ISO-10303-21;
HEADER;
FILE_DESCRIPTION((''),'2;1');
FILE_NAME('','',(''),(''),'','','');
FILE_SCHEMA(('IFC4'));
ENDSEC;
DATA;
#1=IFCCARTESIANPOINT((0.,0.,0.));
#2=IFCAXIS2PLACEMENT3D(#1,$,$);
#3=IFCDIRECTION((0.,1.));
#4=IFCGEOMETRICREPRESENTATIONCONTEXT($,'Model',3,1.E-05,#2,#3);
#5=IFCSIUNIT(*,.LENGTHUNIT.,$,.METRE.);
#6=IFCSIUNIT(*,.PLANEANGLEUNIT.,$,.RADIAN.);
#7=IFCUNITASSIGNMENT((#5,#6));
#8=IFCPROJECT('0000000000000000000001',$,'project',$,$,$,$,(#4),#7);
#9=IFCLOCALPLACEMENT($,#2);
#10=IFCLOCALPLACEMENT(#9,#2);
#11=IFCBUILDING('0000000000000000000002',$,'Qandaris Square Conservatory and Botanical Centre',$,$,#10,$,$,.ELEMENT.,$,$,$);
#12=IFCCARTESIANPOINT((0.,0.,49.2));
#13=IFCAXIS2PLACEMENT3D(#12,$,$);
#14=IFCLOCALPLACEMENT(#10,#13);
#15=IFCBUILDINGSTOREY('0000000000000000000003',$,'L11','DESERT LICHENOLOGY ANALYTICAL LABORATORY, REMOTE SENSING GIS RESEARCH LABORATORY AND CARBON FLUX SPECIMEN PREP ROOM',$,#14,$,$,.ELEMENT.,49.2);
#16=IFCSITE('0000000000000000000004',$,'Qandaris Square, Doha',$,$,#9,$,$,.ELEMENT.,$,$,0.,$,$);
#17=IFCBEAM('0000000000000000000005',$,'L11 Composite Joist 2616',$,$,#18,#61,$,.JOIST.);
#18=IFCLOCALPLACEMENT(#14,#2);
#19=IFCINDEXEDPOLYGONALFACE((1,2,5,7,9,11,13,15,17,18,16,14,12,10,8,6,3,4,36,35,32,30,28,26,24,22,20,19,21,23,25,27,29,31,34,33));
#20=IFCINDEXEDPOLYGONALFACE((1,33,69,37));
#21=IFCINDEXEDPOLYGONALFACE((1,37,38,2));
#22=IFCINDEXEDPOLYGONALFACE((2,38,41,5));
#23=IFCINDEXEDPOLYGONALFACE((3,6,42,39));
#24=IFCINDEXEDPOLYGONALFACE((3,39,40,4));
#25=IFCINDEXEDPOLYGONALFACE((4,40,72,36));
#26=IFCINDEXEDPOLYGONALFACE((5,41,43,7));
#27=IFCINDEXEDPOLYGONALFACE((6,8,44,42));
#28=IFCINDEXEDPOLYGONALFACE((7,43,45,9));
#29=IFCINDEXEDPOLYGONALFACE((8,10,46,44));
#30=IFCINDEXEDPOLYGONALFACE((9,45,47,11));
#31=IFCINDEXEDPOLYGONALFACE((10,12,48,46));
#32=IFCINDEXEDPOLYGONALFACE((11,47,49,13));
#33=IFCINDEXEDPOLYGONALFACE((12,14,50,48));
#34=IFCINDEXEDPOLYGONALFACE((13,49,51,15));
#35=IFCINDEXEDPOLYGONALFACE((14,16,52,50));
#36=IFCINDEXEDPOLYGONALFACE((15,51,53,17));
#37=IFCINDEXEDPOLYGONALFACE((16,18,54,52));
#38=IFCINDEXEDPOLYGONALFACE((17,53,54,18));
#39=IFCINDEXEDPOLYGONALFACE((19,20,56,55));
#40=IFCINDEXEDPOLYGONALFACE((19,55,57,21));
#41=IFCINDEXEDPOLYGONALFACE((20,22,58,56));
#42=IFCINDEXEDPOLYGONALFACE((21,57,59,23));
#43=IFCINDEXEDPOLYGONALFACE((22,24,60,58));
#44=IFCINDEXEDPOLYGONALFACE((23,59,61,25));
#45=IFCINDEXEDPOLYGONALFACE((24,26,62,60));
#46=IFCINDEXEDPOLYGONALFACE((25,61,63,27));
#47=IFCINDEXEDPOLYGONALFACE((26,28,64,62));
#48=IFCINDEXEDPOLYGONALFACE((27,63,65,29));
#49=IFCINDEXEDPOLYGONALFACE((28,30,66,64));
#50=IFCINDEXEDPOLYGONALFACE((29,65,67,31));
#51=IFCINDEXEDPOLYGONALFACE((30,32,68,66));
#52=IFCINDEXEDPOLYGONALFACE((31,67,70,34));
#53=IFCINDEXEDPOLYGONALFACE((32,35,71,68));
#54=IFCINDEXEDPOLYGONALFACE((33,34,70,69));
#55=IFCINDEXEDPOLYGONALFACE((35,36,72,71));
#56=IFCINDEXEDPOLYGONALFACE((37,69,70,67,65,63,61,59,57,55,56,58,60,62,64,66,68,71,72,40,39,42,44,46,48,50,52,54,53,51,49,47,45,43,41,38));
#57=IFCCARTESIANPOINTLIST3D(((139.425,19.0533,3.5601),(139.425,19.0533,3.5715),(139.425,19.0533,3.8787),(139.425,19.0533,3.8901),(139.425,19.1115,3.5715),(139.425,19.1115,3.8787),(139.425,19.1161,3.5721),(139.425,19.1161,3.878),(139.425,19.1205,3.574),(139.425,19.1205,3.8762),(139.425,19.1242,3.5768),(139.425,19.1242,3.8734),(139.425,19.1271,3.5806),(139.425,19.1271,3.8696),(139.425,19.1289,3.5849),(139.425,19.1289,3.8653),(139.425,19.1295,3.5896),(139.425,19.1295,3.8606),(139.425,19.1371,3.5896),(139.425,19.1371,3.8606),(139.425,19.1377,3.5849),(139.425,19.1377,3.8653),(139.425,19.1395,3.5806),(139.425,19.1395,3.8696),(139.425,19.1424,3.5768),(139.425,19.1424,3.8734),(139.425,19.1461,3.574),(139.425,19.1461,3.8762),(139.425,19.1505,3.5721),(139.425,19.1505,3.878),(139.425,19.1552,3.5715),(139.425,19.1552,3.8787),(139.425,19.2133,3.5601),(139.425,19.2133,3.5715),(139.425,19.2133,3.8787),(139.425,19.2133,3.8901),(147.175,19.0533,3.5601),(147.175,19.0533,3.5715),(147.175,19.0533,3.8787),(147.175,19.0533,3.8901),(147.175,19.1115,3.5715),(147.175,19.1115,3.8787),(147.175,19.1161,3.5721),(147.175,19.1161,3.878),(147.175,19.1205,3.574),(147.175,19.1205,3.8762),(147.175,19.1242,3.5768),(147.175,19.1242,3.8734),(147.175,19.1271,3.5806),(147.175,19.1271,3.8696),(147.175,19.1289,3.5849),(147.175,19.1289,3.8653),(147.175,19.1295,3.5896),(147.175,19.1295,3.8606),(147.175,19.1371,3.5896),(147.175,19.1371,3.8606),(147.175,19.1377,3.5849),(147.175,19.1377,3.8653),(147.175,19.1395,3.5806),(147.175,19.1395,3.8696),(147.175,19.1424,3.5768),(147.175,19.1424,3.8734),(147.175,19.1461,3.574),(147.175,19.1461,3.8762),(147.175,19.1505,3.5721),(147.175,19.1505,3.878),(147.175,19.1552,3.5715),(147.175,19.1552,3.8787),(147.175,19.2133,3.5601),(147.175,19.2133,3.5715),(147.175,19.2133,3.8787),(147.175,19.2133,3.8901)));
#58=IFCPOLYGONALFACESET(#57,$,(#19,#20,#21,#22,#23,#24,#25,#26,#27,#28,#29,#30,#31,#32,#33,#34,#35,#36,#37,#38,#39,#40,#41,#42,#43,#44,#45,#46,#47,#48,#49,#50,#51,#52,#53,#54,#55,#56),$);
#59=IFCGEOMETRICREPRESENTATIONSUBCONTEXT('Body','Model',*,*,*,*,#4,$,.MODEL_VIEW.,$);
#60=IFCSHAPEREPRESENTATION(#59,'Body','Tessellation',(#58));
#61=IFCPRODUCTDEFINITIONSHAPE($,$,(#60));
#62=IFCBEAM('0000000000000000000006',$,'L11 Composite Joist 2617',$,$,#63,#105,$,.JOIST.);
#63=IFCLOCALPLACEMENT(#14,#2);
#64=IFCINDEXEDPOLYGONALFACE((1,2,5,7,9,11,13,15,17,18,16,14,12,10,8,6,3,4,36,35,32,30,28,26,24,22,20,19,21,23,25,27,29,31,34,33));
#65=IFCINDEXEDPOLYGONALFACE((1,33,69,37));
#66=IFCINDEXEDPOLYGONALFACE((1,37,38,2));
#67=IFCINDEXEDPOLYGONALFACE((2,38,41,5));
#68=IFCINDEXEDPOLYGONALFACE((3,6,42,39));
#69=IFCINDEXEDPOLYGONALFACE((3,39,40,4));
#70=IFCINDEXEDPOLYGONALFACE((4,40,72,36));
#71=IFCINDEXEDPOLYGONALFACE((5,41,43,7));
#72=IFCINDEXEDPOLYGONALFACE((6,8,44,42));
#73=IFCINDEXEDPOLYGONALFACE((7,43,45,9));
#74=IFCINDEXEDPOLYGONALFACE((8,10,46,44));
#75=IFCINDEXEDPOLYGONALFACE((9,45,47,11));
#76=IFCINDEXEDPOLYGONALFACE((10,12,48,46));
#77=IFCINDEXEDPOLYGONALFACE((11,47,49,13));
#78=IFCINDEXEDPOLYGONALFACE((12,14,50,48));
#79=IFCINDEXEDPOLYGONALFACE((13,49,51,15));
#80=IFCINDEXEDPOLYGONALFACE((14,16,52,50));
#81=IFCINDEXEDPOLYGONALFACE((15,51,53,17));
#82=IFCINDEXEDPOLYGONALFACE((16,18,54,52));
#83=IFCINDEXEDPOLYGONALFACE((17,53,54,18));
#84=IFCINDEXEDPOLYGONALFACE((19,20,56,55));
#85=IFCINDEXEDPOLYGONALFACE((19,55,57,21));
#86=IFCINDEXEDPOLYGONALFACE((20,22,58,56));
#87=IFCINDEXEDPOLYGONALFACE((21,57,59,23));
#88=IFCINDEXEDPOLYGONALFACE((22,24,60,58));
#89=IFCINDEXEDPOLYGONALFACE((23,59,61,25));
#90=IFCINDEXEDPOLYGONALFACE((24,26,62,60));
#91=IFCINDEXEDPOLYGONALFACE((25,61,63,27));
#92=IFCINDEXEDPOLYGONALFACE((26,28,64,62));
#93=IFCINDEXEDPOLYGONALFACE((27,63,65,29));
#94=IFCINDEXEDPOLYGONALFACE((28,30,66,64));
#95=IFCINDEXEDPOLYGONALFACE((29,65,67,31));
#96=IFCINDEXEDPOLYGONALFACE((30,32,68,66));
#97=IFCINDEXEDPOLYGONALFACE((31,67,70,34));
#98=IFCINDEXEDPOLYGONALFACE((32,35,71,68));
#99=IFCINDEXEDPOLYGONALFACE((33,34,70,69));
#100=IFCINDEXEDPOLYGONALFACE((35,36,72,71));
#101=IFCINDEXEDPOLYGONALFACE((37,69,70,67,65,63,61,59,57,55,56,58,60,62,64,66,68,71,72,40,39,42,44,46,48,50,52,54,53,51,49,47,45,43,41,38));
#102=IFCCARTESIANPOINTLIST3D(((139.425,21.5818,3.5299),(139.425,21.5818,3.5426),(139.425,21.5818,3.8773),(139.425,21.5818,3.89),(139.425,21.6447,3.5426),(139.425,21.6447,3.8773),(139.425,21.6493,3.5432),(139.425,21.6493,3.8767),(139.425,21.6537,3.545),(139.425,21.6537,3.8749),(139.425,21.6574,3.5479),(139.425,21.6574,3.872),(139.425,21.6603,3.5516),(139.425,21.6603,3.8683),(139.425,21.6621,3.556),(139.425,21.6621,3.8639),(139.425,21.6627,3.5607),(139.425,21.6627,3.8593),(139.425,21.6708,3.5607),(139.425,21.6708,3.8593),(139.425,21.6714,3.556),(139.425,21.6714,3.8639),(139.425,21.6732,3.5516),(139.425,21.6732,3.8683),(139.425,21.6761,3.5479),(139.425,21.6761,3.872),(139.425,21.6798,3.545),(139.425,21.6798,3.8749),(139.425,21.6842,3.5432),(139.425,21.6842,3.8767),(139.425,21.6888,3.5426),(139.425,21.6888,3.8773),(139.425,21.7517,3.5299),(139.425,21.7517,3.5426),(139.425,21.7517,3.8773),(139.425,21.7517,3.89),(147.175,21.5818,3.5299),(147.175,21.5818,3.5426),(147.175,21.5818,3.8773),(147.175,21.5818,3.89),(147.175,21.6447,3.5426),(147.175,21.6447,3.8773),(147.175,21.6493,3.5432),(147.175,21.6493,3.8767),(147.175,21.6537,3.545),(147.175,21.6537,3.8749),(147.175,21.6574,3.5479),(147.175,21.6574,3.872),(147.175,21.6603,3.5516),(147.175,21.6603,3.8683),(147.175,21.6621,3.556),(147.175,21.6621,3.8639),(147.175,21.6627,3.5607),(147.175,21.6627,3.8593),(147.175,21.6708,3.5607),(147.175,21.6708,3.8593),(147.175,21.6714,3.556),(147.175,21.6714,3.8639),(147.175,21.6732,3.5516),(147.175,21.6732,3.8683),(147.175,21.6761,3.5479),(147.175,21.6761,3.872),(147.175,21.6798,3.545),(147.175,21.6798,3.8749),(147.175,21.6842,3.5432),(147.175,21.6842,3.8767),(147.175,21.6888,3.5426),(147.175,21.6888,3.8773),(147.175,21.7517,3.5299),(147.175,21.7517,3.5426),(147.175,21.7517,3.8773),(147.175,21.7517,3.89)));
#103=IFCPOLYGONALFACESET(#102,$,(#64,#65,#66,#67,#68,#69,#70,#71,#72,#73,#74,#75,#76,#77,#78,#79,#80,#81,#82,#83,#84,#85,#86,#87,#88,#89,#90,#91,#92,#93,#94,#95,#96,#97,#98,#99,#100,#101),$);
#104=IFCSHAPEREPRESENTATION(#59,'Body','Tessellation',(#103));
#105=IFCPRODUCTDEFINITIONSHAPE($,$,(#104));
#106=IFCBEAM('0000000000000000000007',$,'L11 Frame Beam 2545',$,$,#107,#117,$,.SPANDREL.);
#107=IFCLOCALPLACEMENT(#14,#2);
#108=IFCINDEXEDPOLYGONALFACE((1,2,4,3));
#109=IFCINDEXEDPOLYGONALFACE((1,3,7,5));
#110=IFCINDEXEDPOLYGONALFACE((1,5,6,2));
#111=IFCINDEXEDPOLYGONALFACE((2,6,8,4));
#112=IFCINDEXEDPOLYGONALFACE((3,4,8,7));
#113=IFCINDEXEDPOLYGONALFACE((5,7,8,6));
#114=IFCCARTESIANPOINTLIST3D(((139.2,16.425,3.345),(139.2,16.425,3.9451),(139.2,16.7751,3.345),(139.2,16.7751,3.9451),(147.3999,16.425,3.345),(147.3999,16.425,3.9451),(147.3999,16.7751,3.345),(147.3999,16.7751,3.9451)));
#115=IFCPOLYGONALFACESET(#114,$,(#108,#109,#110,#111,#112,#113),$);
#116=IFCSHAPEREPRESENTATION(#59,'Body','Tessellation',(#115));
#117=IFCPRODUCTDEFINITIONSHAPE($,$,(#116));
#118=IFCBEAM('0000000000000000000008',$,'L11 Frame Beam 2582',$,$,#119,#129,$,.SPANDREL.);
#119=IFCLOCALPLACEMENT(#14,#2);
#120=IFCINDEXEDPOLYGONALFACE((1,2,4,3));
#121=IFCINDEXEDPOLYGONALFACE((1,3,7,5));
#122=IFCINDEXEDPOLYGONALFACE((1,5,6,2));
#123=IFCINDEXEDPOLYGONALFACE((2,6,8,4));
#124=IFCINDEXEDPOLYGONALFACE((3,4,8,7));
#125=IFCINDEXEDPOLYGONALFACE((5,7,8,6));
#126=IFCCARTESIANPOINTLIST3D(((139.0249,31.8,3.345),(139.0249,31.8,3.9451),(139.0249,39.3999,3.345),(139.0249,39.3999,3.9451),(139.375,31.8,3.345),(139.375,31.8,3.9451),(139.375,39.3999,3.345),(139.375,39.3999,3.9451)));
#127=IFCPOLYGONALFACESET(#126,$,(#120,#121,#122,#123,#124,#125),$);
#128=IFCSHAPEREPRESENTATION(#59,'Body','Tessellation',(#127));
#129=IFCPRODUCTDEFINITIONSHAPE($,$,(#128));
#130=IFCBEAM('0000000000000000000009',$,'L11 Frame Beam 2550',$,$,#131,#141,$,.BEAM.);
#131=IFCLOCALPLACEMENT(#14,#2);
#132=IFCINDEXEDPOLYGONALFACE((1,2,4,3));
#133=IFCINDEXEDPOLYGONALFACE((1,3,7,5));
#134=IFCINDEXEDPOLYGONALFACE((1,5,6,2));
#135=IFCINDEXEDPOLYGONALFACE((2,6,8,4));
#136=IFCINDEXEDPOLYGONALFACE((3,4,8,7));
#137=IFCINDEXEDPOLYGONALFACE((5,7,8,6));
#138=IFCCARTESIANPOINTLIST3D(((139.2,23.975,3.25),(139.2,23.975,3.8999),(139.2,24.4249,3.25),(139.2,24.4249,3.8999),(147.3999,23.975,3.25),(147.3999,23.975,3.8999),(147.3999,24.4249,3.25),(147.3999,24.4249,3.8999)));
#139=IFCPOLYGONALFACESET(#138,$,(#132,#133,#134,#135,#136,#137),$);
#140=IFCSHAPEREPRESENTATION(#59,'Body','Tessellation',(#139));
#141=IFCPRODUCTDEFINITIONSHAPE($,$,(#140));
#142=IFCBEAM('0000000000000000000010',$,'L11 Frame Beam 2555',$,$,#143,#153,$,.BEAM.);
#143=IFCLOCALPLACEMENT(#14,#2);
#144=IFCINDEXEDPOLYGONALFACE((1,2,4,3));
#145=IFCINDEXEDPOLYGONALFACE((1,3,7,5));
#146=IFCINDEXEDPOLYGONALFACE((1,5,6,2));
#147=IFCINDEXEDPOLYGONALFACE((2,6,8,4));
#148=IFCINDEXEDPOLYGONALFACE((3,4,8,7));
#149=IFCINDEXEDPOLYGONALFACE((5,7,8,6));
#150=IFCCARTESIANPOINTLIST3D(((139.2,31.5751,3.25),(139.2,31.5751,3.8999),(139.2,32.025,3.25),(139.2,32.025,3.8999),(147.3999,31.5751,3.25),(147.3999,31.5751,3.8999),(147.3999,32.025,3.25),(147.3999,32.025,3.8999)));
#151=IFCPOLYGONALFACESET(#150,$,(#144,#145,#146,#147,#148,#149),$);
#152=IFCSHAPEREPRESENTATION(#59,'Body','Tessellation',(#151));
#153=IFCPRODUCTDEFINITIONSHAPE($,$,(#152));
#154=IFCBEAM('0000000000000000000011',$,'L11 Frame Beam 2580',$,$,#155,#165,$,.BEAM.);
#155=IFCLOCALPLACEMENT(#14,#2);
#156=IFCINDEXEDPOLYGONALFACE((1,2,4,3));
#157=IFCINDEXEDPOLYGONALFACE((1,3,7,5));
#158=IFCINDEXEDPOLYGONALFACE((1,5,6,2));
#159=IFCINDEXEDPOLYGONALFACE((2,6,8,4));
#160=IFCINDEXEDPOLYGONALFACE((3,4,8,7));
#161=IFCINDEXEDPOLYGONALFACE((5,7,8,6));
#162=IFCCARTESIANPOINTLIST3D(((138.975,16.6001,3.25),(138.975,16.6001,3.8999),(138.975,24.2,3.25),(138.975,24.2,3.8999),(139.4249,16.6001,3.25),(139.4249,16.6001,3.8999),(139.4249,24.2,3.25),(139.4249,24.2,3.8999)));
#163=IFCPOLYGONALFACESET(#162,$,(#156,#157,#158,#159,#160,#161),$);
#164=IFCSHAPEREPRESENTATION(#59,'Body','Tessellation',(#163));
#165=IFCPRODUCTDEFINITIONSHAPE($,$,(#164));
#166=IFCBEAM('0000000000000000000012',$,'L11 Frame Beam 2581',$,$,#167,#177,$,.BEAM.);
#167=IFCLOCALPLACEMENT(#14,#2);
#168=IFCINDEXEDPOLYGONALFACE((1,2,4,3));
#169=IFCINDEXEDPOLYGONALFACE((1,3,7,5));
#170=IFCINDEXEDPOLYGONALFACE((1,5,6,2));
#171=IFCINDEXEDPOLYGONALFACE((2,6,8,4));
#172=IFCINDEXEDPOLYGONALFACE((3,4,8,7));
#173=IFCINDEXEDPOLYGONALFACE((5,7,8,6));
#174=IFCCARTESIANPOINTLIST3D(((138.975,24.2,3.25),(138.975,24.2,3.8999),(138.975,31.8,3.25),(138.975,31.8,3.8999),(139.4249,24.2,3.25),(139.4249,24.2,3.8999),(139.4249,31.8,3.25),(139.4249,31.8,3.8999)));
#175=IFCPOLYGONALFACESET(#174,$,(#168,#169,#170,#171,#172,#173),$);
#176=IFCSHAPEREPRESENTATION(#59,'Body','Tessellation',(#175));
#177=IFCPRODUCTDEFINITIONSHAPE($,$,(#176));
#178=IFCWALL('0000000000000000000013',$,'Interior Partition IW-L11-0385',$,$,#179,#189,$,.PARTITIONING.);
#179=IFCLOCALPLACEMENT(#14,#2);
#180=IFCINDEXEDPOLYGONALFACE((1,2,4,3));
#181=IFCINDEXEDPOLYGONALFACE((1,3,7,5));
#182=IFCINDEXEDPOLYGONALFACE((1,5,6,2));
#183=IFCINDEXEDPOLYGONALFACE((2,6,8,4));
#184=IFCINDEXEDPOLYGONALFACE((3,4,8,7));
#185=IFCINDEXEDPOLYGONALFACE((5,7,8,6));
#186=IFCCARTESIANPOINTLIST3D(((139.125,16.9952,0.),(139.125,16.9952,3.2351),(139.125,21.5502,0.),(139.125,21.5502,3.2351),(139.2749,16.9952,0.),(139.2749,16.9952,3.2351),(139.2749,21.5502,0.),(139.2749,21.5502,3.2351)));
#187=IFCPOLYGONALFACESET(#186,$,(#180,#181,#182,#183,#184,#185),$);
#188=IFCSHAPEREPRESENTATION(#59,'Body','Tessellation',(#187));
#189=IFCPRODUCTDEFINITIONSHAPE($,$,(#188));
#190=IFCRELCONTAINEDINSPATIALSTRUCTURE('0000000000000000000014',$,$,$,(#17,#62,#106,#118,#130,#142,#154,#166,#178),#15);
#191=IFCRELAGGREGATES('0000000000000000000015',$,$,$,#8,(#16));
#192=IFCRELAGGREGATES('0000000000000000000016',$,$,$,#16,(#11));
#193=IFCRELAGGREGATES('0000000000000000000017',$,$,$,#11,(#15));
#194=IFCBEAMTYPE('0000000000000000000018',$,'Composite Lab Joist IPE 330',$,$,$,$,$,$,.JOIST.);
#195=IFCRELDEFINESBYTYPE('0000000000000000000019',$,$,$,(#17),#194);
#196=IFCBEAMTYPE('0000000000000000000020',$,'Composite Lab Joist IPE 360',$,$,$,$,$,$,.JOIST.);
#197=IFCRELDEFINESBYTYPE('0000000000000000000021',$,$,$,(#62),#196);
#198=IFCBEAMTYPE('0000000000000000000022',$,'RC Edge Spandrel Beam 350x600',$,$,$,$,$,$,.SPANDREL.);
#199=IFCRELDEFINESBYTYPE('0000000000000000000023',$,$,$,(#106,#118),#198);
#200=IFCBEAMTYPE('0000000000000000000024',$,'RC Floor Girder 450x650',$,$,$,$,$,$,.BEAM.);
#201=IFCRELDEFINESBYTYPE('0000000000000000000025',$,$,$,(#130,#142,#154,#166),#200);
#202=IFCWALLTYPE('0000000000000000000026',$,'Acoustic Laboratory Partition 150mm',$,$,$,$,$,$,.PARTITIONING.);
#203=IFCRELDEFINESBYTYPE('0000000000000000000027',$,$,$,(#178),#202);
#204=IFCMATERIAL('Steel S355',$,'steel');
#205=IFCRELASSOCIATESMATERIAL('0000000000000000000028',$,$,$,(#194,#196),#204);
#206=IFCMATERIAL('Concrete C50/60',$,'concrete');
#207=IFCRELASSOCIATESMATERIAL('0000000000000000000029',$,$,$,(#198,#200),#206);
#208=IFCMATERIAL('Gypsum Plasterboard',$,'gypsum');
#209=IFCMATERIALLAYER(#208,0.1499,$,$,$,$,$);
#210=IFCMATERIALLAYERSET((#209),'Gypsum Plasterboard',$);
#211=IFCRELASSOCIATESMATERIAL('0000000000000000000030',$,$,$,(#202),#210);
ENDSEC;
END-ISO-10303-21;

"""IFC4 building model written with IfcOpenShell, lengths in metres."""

from ifc_helpers import new_model, si_unit, direction, frame, frame_2d, origin, origin_2d, place, context, subcontext, project, spatial, rectangle, i_section, extrude, material, layer, layer_set, material_profile, profile_set, type_object, element, save


model = new_model("IFC4")

# Units and contexts
model_context = context("Model", 3, precision=1e-05, world=origin(), true_north=direction((0.0, 1.0)))
body_context = subcontext(model_context, "Body", "Model", "MODEL_VIEW")
ifc_project = project(units=[si_unit("LENGTHUNIT", "METRE"), si_unit("PLANEANGLEUNIT", "RADIAN")], contexts=[model_context])

# Site, building, storey
site_placement = place(None, origin())
site = spatial("IfcSite", under=ifc_project, at=site_placement, Name="Qandaris Square, Doha", CompositionType="ELEMENT", RefElevation=0.0)
building_placement = place(site_placement, origin())
building = spatial("IfcBuilding", under=site, at=building_placement, Name="Qandaris Square Conservatory and Botanical Centre", CompositionType="ELEMENT")
storey_placement = place(building_placement, frame((0.0, 0.0, 49.2)))
storey = spatial("IfcBuildingStorey", under=building, at=storey_placement, Name="L11", Description="DESERT LICHENOLOGY ANALYTICAL LABORATORY, REMOTE SENSING GIS RESEARCH LABORATORY AND CARBON FLUX SPECIMEN PREP ROOM", CompositionType="ELEMENT", Elevation=49.2)

# Beams
ifc_material_1 = material(Name="Steel S355", Category="steel")
ifc_material_profile_1 = material_profile(ifc_material_1, i_section(OverallWidth=0.1599, OverallDepth=0.3301, WebThickness=0.0076, FlangeThickness=0.0115, FilletRadius=0.0181, at=origin_2d()), Name="IPE 330")
ifc_profile_set_1 = profile_set([ifc_material_profile_1], Name="Steel S355")
beam_type_1 = type_object("IfcBeamType", Name="Composite Lab Joist IPE 330", PredefinedType="JOIST", material=ifc_profile_set_1)
beam_1_placement = place(storey_placement, frame((139.425, 19.1333, 3.7251), z_axis=(1.0, 0.0, 0.0), x_axis=(0.0, 1.0, 0.0)))
element("IfcBeam", 1, at=beam_1_placement, inside=storey, type_object=beam_type_1, Name="L11 Composite Joist 2616", PredefinedType="JOIST", context=body_context, shape_type="SweptSolid", body=[
    extrude(i_section(OverallWidth=0.1599, OverallDepth=0.3301, WebThickness=0.0076, FlangeThickness=0.0115, FilletRadius=0.0181, at=origin_2d()), origin(), (0.0, 0.0, 1.0), 7.75),
])
ifc_material_profile_2 = material_profile(ifc_material_1, i_section(OverallWidth=0.1699, OverallDepth=0.3601, WebThickness=0.0081, FlangeThickness=0.0127, FilletRadius=0.0181, at=origin_2d()), Name="IPE 360")
ifc_profile_set_2 = profile_set([ifc_material_profile_2], Name="Steel S355")
beam_type_2 = type_object("IfcBeamType", Name="Composite Lab Joist IPE 360", PredefinedType="JOIST", material=ifc_profile_set_2)
beam_2_placement = place(storey_placement, frame((139.425, 21.6667, 3.71), z_axis=(1.0, 0.0, 0.0), x_axis=(0.0, 1.0, 0.0)))
element("IfcBeam", 2, at=beam_2_placement, inside=storey, type_object=beam_type_2, Name="L11 Composite Joist 2617", PredefinedType="JOIST", context=body_context, shape_type="SweptSolid", body=[
    extrude(i_section(OverallWidth=0.1699, OverallDepth=0.3601, WebThickness=0.0081, FlangeThickness=0.0127, FilletRadius=0.0181, at=origin_2d()), origin(), (0.0, 0.0, 1.0), 7.75),
])
ifc_material_2 = material(Name="Concrete C50/60", Category="concrete")
ifc_material_profile_3 = material_profile(ifc_material_2, rectangle(XDim=0.3501, YDim=0.6001, at=origin_2d()), Name="RC-SP 350x600")
ifc_profile_set_3 = profile_set([ifc_material_profile_3], Name="Concrete C50/60")
beam_type_3 = type_object("IfcBeamType", Name="RC Edge Spandrel Beam 350x600", PredefinedType="SPANDREL", material=ifc_profile_set_3)
beam_3_placement = place(storey_placement, frame((139.2, 16.6001, 3.645), z_axis=(1.0, 0.0, 0.0), x_axis=(0.0, 1.0, 0.0)))
element("IfcBeam", 3, at=beam_3_placement, inside=storey, type_object=beam_type_3, Name="L11 Frame Beam 2545", PredefinedType="SPANDREL", context=body_context, shape_type="SweptSolid", body=[
    extrude(rectangle(XDim=0.3501, YDim=0.6001, at=origin_2d()), origin(), (0.0, 0.0, 1.0), 8.2),
])
beam_4_placement = place(storey_placement, frame((139.2, 31.8, 3.645), z_axis=(0.0, 1.0, 0.0), x_axis=(-1.0, 0.0, 0.0)))
element("IfcBeam", 4, at=beam_4_placement, inside=storey, type_object=beam_type_3, Name="L11 Frame Beam 2582", PredefinedType="SPANDREL", context=body_context, shape_type="SweptSolid", body=[
    extrude(rectangle(XDim=0.3501, YDim=0.6001, at=origin_2d()), origin(), (0.0, 0.0, 1.0), 7.5999),
])
ifc_material_profile_4 = material_profile(ifc_material_2, rectangle(XDim=0.45, YDim=0.6499, at=origin_2d()), Name="RC-BM 450x650")
ifc_profile_set_4 = profile_set([ifc_material_profile_4], Name="Concrete C50/60")
beam_type_4 = type_object("IfcBeamType", Name="RC Floor Girder 450x650", PredefinedType="BEAM", material=ifc_profile_set_4)
for number, where, z_axis, x_axis, name in (
    (5, (139.2, 24.2, 3.575), (1.0, 0.0, 0.0), (0.0, 1.0, 0.0), "L11 Frame Beam 2550"),
    (6, (139.2, 31.8, 3.575), (1.0, 0.0, 0.0), (0.0, 1.0, 0.0), "L11 Frame Beam 2555"),
):
    element("IfcBeam", number, at=place(storey_placement, frame(where, z_axis=z_axis, x_axis=x_axis)), inside=storey, type_object=beam_type_4, Name=name, PredefinedType="BEAM", context=body_context, shape_type="SweptSolid", body=[
        extrude(rectangle(XDim=0.45, YDim=0.6499, at=origin_2d()), origin(), (0.0, 0.0, 1.0), 8.2),
    ])
beam_5_placement = place(storey_placement, frame((139.2, 16.6001, 3.575), z_axis=(0.0, 1.0, 0.0), x_axis=(-1.0, 0.0, 0.0)))
element("IfcBeam", 7, at=beam_5_placement, inside=storey, type_object=beam_type_4, Name="L11 Frame Beam 2580", PredefinedType="BEAM", context=body_context, shape_type="SweptSolid", body=[
    extrude(rectangle(XDim=0.45, YDim=0.6499, at=origin_2d()), origin(), (0.0, 0.0, 1.0), 7.5999),
])
beam_6_placement = place(storey_placement, frame((139.2, 24.2, 3.575), z_axis=(0.0, 1.0, 0.0), x_axis=(-1.0, 0.0, 0.0)))
element("IfcBeam", 8, at=beam_6_placement, inside=storey, type_object=beam_type_4, Name="L11 Frame Beam 2581", PredefinedType="BEAM", context=body_context, shape_type="SweptSolid", body=[
    extrude(rectangle(XDim=0.45, YDim=0.6499, at=origin_2d()), origin(), (0.0, 0.0, 1.0), 7.6001),
])

# Wall
ifc_material_3 = material(Name="Gypsum Plasterboard", Category="gypsum")
ifc_layer_1 = layer(ifc_material_3, 0.1499)
ifc_layer_set_1 = layer_set([ifc_layer_1], Name="Gypsum Plasterboard")
wall_type_1 = type_object("IfcWallType", Name="Acoustic Laboratory Partition 150mm", PredefinedType="PARTITIONING", material=ifc_layer_set_1)
wall_1_placement = place(storey_placement, frame((139.2, 21.55, 0.0), z_axis=(0.0, 0.0, 1.0), x_axis=(0.0, -1.0, 0.0)))
element("IfcWall", 9, at=wall_1_placement, inside=storey, type_object=wall_type_1, Name="Interior Partition IW-L11-0385", PredefinedType="PARTITIONING", context=body_context, shape_type="SweptSolid", body=[
    extrude(rectangle(XDim=4.5549, YDim=0.1499, at=frame_2d((2.2773, 0.0))), origin(), (0.0, 0.0, 1.0), 3.2351),
])

save(model, "model.ifc")
